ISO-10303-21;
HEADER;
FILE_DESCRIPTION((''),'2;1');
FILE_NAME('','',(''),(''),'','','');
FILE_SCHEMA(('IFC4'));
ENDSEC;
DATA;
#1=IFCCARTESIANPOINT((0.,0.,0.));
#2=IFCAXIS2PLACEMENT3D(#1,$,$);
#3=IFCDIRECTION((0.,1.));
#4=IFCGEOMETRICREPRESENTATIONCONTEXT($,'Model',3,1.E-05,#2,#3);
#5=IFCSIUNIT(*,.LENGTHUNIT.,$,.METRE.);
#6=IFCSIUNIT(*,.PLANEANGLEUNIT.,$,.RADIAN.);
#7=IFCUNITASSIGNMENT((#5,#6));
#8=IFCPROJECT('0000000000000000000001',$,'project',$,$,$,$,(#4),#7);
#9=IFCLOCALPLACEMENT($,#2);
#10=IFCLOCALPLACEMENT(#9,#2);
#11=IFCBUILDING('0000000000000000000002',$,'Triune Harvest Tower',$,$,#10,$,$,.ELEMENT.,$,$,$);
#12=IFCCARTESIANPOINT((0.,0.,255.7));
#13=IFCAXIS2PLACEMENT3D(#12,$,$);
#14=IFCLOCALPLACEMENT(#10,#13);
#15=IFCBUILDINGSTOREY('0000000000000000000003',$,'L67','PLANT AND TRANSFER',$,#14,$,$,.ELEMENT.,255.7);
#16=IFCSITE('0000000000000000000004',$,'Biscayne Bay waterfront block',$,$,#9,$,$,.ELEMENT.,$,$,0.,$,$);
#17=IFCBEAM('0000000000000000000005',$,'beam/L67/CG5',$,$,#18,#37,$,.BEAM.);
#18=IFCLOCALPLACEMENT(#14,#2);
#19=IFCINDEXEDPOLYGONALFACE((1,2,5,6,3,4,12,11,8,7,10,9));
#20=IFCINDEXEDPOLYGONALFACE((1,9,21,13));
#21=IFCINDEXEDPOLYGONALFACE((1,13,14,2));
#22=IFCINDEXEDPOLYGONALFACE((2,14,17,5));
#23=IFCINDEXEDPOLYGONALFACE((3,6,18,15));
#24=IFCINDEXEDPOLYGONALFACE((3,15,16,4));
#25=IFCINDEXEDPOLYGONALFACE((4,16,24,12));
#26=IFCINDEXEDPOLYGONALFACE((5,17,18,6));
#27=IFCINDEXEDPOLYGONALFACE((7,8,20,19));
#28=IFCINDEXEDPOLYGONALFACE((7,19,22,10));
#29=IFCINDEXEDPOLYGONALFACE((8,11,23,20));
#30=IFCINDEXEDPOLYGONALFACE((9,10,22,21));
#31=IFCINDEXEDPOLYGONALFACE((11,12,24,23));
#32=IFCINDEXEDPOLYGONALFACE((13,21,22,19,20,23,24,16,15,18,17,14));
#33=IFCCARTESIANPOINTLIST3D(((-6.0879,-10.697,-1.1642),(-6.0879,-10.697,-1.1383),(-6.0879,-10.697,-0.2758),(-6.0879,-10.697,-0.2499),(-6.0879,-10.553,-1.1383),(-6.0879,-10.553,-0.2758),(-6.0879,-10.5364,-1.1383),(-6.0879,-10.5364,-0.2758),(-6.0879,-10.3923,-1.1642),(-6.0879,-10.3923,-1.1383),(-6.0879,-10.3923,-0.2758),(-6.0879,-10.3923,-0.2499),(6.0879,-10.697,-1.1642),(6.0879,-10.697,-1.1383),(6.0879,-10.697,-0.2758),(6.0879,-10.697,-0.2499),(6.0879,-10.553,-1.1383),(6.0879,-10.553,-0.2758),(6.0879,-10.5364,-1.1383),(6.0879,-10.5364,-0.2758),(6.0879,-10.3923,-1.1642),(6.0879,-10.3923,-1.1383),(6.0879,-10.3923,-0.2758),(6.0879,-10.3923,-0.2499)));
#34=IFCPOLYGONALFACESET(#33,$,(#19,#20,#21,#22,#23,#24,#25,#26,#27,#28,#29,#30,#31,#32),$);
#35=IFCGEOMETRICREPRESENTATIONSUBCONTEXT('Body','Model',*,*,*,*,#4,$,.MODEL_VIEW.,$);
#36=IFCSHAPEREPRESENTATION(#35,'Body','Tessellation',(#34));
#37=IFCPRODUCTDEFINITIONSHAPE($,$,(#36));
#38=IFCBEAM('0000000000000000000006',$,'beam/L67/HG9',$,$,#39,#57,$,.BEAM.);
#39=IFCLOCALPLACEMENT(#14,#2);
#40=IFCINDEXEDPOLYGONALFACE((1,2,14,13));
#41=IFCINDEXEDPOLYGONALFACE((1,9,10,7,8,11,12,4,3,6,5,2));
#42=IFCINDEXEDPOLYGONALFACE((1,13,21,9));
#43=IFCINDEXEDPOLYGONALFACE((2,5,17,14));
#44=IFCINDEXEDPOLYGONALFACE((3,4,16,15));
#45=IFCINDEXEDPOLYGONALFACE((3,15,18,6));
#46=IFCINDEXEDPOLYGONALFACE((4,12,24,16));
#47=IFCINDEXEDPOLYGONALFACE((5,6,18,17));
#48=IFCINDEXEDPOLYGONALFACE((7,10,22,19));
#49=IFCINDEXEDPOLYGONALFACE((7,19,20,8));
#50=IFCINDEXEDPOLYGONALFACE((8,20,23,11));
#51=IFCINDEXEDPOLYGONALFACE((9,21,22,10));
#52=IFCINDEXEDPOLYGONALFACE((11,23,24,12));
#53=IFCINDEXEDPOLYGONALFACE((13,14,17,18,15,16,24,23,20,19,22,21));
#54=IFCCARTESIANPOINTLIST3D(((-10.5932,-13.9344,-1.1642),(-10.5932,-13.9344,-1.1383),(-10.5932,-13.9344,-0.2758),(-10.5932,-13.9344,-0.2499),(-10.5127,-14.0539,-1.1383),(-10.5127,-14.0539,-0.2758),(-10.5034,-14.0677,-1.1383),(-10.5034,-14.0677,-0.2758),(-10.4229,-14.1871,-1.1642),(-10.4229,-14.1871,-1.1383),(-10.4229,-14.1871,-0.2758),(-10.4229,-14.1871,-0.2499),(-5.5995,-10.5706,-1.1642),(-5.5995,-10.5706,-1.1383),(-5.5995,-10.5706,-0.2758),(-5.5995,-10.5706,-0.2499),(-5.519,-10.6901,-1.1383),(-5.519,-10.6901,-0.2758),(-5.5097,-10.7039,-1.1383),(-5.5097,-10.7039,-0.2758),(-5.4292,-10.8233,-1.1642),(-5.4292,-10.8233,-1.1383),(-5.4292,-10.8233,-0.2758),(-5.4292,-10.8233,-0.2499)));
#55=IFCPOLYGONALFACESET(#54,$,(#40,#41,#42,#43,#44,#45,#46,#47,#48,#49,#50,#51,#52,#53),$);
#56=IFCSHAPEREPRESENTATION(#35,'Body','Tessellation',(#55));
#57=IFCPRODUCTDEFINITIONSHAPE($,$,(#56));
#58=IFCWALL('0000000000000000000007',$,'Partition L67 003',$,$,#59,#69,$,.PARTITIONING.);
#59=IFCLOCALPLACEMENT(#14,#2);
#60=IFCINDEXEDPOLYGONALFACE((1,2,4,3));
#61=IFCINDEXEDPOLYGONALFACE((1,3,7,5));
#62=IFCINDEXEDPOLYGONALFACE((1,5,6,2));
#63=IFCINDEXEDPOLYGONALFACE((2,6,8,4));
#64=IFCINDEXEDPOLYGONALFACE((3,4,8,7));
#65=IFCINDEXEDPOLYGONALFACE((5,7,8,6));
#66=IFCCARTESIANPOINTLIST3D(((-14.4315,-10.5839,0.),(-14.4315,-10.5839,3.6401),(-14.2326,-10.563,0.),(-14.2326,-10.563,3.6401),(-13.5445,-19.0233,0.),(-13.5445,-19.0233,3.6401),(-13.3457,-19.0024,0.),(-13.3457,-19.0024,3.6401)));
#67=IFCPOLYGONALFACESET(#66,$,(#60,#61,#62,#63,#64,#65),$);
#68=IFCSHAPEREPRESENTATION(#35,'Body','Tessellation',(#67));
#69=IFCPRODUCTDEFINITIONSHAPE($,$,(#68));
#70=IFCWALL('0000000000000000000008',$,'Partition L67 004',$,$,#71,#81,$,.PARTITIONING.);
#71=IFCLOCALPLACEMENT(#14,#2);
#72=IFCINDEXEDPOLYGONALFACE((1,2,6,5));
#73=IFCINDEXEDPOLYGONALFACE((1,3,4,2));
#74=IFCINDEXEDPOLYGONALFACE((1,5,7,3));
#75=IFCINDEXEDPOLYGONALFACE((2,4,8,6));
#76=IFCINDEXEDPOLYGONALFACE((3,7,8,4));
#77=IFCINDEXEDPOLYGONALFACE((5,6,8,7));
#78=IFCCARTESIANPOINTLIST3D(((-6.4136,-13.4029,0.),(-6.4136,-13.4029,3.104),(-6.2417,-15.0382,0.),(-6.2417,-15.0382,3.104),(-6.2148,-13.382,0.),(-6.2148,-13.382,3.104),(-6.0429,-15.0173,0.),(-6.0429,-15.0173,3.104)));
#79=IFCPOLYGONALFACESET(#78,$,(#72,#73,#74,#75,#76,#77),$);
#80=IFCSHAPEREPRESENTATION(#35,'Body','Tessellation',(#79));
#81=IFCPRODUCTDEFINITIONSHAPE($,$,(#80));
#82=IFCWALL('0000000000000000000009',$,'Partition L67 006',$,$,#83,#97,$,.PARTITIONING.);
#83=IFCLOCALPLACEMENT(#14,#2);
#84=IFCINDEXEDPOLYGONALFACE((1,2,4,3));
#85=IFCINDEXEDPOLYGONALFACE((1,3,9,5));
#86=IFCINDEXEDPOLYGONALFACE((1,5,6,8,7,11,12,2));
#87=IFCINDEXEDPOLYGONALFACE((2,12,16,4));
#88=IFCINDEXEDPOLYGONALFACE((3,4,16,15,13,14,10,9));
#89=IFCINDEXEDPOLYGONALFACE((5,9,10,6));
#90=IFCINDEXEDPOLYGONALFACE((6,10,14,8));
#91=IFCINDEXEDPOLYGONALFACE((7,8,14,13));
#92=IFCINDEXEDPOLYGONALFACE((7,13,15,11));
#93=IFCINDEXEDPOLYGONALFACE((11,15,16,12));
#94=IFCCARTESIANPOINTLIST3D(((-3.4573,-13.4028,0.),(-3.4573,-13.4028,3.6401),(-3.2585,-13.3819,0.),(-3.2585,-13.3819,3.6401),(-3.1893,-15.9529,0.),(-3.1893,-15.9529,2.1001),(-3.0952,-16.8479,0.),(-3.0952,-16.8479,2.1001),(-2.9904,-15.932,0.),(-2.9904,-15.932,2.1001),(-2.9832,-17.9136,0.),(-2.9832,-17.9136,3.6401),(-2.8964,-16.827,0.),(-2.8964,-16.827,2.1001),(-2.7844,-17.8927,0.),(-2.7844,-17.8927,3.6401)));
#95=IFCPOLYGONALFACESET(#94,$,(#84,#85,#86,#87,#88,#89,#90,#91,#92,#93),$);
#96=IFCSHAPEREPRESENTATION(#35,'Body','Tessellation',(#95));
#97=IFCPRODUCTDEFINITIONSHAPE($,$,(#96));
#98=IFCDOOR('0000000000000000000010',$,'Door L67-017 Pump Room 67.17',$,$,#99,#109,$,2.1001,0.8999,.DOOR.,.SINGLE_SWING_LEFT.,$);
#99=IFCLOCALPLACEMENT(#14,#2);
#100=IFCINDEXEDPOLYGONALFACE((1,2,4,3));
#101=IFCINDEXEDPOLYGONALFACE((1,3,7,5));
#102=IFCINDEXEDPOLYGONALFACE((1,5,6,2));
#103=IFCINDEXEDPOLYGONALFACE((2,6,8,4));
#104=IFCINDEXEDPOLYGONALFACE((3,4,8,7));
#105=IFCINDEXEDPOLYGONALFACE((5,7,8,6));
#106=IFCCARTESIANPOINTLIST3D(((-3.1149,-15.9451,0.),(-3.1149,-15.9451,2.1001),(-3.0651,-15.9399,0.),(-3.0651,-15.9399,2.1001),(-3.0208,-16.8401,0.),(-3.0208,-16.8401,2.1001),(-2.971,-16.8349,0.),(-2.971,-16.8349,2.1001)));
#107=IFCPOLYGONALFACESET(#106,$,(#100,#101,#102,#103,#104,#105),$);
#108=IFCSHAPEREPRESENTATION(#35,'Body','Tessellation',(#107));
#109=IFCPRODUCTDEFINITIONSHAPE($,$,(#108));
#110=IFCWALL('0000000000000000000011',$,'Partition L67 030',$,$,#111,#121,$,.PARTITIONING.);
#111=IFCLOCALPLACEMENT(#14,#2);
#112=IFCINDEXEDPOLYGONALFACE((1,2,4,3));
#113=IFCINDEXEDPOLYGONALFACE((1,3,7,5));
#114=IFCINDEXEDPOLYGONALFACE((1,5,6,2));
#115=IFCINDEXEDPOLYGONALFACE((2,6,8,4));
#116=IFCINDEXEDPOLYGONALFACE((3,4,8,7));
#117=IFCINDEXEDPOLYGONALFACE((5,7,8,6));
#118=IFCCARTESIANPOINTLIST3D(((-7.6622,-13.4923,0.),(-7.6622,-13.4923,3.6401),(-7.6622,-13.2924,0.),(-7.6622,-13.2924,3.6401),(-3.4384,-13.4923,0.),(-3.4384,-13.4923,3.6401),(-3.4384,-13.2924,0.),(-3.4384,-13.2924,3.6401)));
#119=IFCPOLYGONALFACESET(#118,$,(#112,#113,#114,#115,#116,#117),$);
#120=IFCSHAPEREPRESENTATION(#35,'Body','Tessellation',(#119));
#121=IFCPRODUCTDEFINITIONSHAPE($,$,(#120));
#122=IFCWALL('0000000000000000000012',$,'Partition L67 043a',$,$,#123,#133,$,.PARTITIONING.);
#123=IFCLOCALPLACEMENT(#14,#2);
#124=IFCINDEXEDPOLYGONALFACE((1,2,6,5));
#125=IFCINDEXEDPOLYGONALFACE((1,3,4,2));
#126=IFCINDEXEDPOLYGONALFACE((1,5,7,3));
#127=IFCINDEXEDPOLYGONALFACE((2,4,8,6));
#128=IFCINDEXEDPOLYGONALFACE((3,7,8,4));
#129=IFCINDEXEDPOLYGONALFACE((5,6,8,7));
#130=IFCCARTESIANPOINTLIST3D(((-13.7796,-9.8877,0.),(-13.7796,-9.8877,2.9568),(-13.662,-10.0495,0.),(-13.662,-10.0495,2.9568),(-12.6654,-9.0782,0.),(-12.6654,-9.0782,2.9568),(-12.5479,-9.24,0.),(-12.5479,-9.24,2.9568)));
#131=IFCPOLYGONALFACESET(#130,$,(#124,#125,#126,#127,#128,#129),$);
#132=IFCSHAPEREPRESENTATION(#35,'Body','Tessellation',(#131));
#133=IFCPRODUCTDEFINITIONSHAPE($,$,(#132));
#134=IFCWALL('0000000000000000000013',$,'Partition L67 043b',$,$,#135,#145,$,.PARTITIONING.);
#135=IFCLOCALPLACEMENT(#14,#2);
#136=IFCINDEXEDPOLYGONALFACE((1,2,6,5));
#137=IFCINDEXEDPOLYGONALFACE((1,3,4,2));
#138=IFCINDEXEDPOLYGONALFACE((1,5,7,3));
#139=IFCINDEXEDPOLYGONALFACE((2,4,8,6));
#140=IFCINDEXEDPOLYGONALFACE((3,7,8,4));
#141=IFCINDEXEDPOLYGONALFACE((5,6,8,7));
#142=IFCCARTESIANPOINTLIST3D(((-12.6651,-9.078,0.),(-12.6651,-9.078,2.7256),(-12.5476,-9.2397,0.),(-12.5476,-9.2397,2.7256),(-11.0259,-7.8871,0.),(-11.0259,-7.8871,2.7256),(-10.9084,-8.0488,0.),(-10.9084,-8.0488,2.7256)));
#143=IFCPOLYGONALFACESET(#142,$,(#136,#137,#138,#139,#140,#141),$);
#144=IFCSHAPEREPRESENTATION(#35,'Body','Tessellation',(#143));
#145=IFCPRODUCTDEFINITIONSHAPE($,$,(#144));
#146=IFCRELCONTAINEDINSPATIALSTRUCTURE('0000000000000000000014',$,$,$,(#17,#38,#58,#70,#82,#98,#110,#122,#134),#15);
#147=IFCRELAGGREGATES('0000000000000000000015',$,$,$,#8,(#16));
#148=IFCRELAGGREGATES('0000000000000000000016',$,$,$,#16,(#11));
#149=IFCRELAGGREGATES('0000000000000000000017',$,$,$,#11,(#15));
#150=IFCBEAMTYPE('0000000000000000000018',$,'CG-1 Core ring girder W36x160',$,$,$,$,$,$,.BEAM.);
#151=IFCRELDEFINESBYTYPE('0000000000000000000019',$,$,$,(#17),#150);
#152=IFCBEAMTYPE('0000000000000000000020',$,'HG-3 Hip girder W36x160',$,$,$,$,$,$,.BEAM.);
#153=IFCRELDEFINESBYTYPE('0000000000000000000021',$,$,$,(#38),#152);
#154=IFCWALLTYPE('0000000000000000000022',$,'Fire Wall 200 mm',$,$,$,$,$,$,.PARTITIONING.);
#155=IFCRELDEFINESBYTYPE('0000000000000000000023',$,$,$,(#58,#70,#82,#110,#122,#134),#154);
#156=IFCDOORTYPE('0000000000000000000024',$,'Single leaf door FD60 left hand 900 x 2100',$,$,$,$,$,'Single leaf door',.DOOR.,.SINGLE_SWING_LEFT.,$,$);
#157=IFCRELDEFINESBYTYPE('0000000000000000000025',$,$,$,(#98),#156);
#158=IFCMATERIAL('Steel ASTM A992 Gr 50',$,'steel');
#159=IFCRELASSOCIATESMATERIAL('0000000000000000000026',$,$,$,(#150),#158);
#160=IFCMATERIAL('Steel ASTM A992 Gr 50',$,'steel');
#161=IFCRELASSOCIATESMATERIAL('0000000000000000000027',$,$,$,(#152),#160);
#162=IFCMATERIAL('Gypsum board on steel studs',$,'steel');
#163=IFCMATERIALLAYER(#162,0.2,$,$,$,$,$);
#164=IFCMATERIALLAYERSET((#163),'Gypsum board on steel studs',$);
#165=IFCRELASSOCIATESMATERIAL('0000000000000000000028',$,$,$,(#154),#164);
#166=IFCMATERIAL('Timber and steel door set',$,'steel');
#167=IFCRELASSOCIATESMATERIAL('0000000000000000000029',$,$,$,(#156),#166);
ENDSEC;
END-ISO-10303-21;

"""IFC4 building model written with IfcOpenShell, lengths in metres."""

from ifc_helpers import new_model, si_unit, direction, frame, frame_2d, origin, origin_2d, place, context, subcontext, project, spatial, rectangle, i_section, extrude, source, transform, mapped, material, layer, layer_set, material_profile, profile_set, type_object, element, fill, save


model = new_model("IFC4")

# Units and contexts
model_context = context("Model", 3, precision=1e-05, world=origin(), true_north=direction((0.0, 1.0)))
body_context = subcontext(model_context, "Body", "Model", "MODEL_VIEW")
ifc_project = project(units=[si_unit("LENGTHUNIT", "METRE"), si_unit("PLANEANGLEUNIT", "RADIAN")], contexts=[model_context])

# Site, building, storey
site_placement = place(None, origin())
site = spatial("IfcSite", under=ifc_project, at=site_placement, Name="Biscayne Bay waterfront block", CompositionType="ELEMENT", RefElevation=0.0)
building_placement = place(site_placement, origin())
building = spatial("IfcBuilding", under=site, at=building_placement, Name="Triune Harvest Tower", CompositionType="ELEMENT")
storey_placement = place(building_placement, frame((0.0, 0.0, 255.7)))
storey = spatial("IfcBuildingStorey", under=building, at=storey_placement, Name="L67", Description="PLANT AND TRANSFER", CompositionType="ELEMENT", Elevation=255.7)

# Beams
ifc_material_1 = material(Name="Steel ASTM A992 Gr 50", Category="steel")
ifc_material_profile_1 = material_profile(ifc_material_1, i_section(OverallWidth=0.3047, OverallDepth=0.9143, WebThickness=0.0166, FlangeThickness=0.0259, at=origin_2d()), Name="W36x160")
ifc_profile_set_1 = profile_set([ifc_material_profile_1], Name="Steel ASTM A992 Gr 50")
beam_type_1 = type_object("IfcBeamType", Name="CG-1 Core ring girder W36x160", PredefinedType="BEAM", material=ifc_profile_set_1)
shared_shape_1 = source(origin(), body_context, "Body", "SweptSolid", [
    extrude(i_section(OverallWidth=0.3047, OverallDepth=0.9143, WebThickness=0.0166, FlangeThickness=0.0259, at=origin_2d()), origin(), (0.0, 0.0, 1.0), 12.1758),
])
beam_1_placement = place(storey_placement, frame((-6.0879, -10.5447, -0.707), z_axis=(1.0, 0.0, 0.0), x_axis=(0.0, 1.0, 0.0)))
element("IfcBeam", 1, at=beam_1_placement, inside=storey, type_object=beam_type_1, Name="beam/L67/CG5", PredefinedType="BEAM", context=body_context, shape_type="MappedRepresentation", body=[
    mapped(shared_shape_1, transform((0.0, 0.0, 0.0), scale=1.0)),
])
ifc_material_2 = material(Name="Steel ASTM A992 Gr 50", Category="steel")
ifc_material_profile_2 = material_profile(ifc_material_2, i_section(OverallWidth=0.3047, OverallDepth=0.9143, WebThickness=0.0166, FlangeThickness=0.0259, at=origin_2d()), Name="W36x160")
ifc_profile_set_2 = profile_set([ifc_material_profile_2], Name="Steel ASTM A992 Gr 50")
beam_type_2 = type_object("IfcBeamType", Name="HG-3 Hip girder W36x160", PredefinedType="BEAM", material=ifc_profile_set_2)
shared_shape_2 = source(origin(), body_context, "Body", "SweptSolid", [
    extrude(i_section(OverallWidth=0.3047, OverallDepth=0.9143, WebThickness=0.0166, FlangeThickness=0.0259, at=origin_2d()), origin(), (0.0, 0.0, 1.0), 6.021),
])
beam_2_placement = place(storey_placement, frame((-10.5081, -14.0608, -0.707), z_axis=(0.829383, 0.55868, 0.0), x_axis=(-0.55868, 0.829383, 0.0)))
element("IfcBeam", 2, at=beam_2_placement, inside=storey, type_object=beam_type_2, Name="beam/L67/HG9", PredefinedType="BEAM", context=body_context, shape_type="MappedRepresentation", body=[
    mapped(shared_shape_2, transform((0.0, 0.0, 0.0), scale=1.0)),
])

# Walls
ifc_material_3 = material(Name="Gypsum board on steel studs", Category="steel")
ifc_layer_1 = layer(ifc_material_3, 0.2)
ifc_layer_set_1 = layer_set([ifc_layer_1], Name="Gypsum board on steel studs")
wall_type_1 = type_object("IfcWallType", Name="Fire Wall 200 mm", PredefinedType="PARTITIONING", material=ifc_layer_set_1)
wall_1_placement = place(storey_placement, frame((-14.332, -10.5735, 0.0), z_axis=(0.0, 0.0, 1.0), x_axis=(0.104522, -0.994523, 0.0)))
element("IfcWall", 3, at=wall_1_placement, inside=storey, type_object=wall_type_1, Name="Partition L67 003", PredefinedType="PARTITIONING", context=body_context, shape_type="SweptSolid", body=[
    extrude(rectangle(XDim=8.4858, YDim=0.2, at=frame_2d((4.2429, 0.0))), origin(), (0.0, 0.0, 1.0), 3.6401),
])
wall_2_placement = place(storey_placement, frame((-6.3142, -13.3923, 0.0), z_axis=(0.0, 0.0, 1.0), x_axis=(0.10453, -0.994522, 0.0)))
element("IfcWall", 4, at=wall_2_placement, inside=storey, type_object=wall_type_1, Name="Partition L67 004", PredefinedType="PARTITIONING", context=body_context, shape_type="SweptSolid", body=[
    extrude(rectangle(XDim=1.6443, YDim=0.2, at=frame_2d((0.8223, 0.0))), origin(), (0.0, 0.0, 1.0), 3.104),
])

# Wall, opening, door
wall_3_placement = place(storey_placement, frame((-3.3579, -13.3923, 0.0), z_axis=(0.0, 0.0, 1.0), x_axis=(0.104533, -0.994521, 0.0)))
wall_3 = element("IfcWall", 5, at=wall_3_placement, inside=storey, type_object=wall_type_1, Name="Partition L67 006", PredefinedType="PARTITIONING", context=body_context, shape_type="SweptSolid", body=[
    extrude(rectangle(XDim=4.5356, YDim=0.2, at=frame_2d((2.2678, 0.0))), origin(), (0.0, 0.0, 1.0), 3.6401),
])
opening_1_placement = place(wall_3_placement, frame((2.5642, 0.0, 0.0)))
opening_1 = element("IfcOpeningElement", 6, at=opening_1_placement, cuts=wall_3, PredefinedType="OPENING", context=body_context, shape_type="SweptSolid", body=[
    extrude(rectangle(XDim=0.8999, YDim=2.1001, at=frame_2d((0.45, 1.05))), frame((0.0, 0.1099, 0.0), z_axis=(0.0, -1.0, 0.0), x_axis=(1.0, 0.0, 0.0)), (0.0, 0.0, 1.0), 0.22),
])
ifc_material_4 = material(Name="Timber and steel door set", Category="steel")
door_type_1 = type_object("IfcDoorType", Name="Single leaf door FD60 left hand 900 x 2100", ElementType="Single leaf door", OperationType="SINGLE_SWING_LEFT", PredefinedType="DOOR", material=ifc_material_4)
door_1_placement = place(opening_1_placement, origin())
door_1 = element("IfcDoor", 7, at=door_1_placement, inside=storey, type_object=door_type_1, Name="Door L67-017 Pump Room 67.17", OperationType="SINGLE_SWING_LEFT", OverallHeight=2.1001, OverallWidth=0.8999, PredefinedType="DOOR", context=body_context, shape_type="SweptSolid", body=[
    extrude(rectangle(XDim=0.8999, YDim=2.1001, at=frame_2d((0.45, 1.05))), frame((0.0, 0.0249, 0.0), z_axis=(0.0, -1.0, 0.0), x_axis=(1.0, 0.0, 0.0)), (0.0, 0.0, 1.0), 0.05),
])
fill(opening_1, door_1)

# Walls
wall_4_placement = place(storey_placement, frame((-7.6621, -13.3923, 0.0), z_axis=(0.0, 0.0, 1.0), x_axis=(1.0, 0.0, 0.0)))
element("IfcWall", 8, at=wall_4_placement, inside=storey, type_object=wall_type_1, Name="Partition L67 030", PredefinedType="PARTITIONING", context=body_context, shape_type="SweptSolid", body=[
    extrude(rectangle(XDim=4.2239, YDim=0.2, at=frame_2d((2.1118, 0.0))), origin(), (0.0, 0.0, 1.0), 3.6401),
])
wall_5_placement = place(storey_placement, frame((-13.7207, -9.9685, 0.0), z_axis=(0.0, 0.0, 1.0), x_axis=(0.809012, 0.587792, 0.0)))
element("IfcWall", 9, at=wall_5_placement, inside=storey, type_object=wall_type_1, Name="Partition L67 043a", PredefinedType="PARTITIONING", context=body_context, shape_type="SweptSolid", body=[
    extrude(rectangle(XDim=1.3772, YDim=0.2, at=frame_2d((0.6885, 0.0))), origin(), (0.0, 0.0, 1.0), 2.9568),
])
wall_6_placement = place(storey_placement, frame((-12.6064, -9.1589, 0.0), z_axis=(0.0, 0.0, 1.0), x_axis=(0.809017, 0.587785, 0.0)))
element("IfcWall", 10, at=wall_6_placement, inside=storey, type_object=wall_type_1, Name="Partition L67 043b", PredefinedType="PARTITIONING", context=body_context, shape_type="SweptSolid", body=[
    extrude(rectangle(XDim=2.0261, YDim=0.2, at=frame_2d((1.0132, 0.0))), origin(), (0.0, 0.0, 1.0), 2.7256),
])

save(model, "model.ifc")
